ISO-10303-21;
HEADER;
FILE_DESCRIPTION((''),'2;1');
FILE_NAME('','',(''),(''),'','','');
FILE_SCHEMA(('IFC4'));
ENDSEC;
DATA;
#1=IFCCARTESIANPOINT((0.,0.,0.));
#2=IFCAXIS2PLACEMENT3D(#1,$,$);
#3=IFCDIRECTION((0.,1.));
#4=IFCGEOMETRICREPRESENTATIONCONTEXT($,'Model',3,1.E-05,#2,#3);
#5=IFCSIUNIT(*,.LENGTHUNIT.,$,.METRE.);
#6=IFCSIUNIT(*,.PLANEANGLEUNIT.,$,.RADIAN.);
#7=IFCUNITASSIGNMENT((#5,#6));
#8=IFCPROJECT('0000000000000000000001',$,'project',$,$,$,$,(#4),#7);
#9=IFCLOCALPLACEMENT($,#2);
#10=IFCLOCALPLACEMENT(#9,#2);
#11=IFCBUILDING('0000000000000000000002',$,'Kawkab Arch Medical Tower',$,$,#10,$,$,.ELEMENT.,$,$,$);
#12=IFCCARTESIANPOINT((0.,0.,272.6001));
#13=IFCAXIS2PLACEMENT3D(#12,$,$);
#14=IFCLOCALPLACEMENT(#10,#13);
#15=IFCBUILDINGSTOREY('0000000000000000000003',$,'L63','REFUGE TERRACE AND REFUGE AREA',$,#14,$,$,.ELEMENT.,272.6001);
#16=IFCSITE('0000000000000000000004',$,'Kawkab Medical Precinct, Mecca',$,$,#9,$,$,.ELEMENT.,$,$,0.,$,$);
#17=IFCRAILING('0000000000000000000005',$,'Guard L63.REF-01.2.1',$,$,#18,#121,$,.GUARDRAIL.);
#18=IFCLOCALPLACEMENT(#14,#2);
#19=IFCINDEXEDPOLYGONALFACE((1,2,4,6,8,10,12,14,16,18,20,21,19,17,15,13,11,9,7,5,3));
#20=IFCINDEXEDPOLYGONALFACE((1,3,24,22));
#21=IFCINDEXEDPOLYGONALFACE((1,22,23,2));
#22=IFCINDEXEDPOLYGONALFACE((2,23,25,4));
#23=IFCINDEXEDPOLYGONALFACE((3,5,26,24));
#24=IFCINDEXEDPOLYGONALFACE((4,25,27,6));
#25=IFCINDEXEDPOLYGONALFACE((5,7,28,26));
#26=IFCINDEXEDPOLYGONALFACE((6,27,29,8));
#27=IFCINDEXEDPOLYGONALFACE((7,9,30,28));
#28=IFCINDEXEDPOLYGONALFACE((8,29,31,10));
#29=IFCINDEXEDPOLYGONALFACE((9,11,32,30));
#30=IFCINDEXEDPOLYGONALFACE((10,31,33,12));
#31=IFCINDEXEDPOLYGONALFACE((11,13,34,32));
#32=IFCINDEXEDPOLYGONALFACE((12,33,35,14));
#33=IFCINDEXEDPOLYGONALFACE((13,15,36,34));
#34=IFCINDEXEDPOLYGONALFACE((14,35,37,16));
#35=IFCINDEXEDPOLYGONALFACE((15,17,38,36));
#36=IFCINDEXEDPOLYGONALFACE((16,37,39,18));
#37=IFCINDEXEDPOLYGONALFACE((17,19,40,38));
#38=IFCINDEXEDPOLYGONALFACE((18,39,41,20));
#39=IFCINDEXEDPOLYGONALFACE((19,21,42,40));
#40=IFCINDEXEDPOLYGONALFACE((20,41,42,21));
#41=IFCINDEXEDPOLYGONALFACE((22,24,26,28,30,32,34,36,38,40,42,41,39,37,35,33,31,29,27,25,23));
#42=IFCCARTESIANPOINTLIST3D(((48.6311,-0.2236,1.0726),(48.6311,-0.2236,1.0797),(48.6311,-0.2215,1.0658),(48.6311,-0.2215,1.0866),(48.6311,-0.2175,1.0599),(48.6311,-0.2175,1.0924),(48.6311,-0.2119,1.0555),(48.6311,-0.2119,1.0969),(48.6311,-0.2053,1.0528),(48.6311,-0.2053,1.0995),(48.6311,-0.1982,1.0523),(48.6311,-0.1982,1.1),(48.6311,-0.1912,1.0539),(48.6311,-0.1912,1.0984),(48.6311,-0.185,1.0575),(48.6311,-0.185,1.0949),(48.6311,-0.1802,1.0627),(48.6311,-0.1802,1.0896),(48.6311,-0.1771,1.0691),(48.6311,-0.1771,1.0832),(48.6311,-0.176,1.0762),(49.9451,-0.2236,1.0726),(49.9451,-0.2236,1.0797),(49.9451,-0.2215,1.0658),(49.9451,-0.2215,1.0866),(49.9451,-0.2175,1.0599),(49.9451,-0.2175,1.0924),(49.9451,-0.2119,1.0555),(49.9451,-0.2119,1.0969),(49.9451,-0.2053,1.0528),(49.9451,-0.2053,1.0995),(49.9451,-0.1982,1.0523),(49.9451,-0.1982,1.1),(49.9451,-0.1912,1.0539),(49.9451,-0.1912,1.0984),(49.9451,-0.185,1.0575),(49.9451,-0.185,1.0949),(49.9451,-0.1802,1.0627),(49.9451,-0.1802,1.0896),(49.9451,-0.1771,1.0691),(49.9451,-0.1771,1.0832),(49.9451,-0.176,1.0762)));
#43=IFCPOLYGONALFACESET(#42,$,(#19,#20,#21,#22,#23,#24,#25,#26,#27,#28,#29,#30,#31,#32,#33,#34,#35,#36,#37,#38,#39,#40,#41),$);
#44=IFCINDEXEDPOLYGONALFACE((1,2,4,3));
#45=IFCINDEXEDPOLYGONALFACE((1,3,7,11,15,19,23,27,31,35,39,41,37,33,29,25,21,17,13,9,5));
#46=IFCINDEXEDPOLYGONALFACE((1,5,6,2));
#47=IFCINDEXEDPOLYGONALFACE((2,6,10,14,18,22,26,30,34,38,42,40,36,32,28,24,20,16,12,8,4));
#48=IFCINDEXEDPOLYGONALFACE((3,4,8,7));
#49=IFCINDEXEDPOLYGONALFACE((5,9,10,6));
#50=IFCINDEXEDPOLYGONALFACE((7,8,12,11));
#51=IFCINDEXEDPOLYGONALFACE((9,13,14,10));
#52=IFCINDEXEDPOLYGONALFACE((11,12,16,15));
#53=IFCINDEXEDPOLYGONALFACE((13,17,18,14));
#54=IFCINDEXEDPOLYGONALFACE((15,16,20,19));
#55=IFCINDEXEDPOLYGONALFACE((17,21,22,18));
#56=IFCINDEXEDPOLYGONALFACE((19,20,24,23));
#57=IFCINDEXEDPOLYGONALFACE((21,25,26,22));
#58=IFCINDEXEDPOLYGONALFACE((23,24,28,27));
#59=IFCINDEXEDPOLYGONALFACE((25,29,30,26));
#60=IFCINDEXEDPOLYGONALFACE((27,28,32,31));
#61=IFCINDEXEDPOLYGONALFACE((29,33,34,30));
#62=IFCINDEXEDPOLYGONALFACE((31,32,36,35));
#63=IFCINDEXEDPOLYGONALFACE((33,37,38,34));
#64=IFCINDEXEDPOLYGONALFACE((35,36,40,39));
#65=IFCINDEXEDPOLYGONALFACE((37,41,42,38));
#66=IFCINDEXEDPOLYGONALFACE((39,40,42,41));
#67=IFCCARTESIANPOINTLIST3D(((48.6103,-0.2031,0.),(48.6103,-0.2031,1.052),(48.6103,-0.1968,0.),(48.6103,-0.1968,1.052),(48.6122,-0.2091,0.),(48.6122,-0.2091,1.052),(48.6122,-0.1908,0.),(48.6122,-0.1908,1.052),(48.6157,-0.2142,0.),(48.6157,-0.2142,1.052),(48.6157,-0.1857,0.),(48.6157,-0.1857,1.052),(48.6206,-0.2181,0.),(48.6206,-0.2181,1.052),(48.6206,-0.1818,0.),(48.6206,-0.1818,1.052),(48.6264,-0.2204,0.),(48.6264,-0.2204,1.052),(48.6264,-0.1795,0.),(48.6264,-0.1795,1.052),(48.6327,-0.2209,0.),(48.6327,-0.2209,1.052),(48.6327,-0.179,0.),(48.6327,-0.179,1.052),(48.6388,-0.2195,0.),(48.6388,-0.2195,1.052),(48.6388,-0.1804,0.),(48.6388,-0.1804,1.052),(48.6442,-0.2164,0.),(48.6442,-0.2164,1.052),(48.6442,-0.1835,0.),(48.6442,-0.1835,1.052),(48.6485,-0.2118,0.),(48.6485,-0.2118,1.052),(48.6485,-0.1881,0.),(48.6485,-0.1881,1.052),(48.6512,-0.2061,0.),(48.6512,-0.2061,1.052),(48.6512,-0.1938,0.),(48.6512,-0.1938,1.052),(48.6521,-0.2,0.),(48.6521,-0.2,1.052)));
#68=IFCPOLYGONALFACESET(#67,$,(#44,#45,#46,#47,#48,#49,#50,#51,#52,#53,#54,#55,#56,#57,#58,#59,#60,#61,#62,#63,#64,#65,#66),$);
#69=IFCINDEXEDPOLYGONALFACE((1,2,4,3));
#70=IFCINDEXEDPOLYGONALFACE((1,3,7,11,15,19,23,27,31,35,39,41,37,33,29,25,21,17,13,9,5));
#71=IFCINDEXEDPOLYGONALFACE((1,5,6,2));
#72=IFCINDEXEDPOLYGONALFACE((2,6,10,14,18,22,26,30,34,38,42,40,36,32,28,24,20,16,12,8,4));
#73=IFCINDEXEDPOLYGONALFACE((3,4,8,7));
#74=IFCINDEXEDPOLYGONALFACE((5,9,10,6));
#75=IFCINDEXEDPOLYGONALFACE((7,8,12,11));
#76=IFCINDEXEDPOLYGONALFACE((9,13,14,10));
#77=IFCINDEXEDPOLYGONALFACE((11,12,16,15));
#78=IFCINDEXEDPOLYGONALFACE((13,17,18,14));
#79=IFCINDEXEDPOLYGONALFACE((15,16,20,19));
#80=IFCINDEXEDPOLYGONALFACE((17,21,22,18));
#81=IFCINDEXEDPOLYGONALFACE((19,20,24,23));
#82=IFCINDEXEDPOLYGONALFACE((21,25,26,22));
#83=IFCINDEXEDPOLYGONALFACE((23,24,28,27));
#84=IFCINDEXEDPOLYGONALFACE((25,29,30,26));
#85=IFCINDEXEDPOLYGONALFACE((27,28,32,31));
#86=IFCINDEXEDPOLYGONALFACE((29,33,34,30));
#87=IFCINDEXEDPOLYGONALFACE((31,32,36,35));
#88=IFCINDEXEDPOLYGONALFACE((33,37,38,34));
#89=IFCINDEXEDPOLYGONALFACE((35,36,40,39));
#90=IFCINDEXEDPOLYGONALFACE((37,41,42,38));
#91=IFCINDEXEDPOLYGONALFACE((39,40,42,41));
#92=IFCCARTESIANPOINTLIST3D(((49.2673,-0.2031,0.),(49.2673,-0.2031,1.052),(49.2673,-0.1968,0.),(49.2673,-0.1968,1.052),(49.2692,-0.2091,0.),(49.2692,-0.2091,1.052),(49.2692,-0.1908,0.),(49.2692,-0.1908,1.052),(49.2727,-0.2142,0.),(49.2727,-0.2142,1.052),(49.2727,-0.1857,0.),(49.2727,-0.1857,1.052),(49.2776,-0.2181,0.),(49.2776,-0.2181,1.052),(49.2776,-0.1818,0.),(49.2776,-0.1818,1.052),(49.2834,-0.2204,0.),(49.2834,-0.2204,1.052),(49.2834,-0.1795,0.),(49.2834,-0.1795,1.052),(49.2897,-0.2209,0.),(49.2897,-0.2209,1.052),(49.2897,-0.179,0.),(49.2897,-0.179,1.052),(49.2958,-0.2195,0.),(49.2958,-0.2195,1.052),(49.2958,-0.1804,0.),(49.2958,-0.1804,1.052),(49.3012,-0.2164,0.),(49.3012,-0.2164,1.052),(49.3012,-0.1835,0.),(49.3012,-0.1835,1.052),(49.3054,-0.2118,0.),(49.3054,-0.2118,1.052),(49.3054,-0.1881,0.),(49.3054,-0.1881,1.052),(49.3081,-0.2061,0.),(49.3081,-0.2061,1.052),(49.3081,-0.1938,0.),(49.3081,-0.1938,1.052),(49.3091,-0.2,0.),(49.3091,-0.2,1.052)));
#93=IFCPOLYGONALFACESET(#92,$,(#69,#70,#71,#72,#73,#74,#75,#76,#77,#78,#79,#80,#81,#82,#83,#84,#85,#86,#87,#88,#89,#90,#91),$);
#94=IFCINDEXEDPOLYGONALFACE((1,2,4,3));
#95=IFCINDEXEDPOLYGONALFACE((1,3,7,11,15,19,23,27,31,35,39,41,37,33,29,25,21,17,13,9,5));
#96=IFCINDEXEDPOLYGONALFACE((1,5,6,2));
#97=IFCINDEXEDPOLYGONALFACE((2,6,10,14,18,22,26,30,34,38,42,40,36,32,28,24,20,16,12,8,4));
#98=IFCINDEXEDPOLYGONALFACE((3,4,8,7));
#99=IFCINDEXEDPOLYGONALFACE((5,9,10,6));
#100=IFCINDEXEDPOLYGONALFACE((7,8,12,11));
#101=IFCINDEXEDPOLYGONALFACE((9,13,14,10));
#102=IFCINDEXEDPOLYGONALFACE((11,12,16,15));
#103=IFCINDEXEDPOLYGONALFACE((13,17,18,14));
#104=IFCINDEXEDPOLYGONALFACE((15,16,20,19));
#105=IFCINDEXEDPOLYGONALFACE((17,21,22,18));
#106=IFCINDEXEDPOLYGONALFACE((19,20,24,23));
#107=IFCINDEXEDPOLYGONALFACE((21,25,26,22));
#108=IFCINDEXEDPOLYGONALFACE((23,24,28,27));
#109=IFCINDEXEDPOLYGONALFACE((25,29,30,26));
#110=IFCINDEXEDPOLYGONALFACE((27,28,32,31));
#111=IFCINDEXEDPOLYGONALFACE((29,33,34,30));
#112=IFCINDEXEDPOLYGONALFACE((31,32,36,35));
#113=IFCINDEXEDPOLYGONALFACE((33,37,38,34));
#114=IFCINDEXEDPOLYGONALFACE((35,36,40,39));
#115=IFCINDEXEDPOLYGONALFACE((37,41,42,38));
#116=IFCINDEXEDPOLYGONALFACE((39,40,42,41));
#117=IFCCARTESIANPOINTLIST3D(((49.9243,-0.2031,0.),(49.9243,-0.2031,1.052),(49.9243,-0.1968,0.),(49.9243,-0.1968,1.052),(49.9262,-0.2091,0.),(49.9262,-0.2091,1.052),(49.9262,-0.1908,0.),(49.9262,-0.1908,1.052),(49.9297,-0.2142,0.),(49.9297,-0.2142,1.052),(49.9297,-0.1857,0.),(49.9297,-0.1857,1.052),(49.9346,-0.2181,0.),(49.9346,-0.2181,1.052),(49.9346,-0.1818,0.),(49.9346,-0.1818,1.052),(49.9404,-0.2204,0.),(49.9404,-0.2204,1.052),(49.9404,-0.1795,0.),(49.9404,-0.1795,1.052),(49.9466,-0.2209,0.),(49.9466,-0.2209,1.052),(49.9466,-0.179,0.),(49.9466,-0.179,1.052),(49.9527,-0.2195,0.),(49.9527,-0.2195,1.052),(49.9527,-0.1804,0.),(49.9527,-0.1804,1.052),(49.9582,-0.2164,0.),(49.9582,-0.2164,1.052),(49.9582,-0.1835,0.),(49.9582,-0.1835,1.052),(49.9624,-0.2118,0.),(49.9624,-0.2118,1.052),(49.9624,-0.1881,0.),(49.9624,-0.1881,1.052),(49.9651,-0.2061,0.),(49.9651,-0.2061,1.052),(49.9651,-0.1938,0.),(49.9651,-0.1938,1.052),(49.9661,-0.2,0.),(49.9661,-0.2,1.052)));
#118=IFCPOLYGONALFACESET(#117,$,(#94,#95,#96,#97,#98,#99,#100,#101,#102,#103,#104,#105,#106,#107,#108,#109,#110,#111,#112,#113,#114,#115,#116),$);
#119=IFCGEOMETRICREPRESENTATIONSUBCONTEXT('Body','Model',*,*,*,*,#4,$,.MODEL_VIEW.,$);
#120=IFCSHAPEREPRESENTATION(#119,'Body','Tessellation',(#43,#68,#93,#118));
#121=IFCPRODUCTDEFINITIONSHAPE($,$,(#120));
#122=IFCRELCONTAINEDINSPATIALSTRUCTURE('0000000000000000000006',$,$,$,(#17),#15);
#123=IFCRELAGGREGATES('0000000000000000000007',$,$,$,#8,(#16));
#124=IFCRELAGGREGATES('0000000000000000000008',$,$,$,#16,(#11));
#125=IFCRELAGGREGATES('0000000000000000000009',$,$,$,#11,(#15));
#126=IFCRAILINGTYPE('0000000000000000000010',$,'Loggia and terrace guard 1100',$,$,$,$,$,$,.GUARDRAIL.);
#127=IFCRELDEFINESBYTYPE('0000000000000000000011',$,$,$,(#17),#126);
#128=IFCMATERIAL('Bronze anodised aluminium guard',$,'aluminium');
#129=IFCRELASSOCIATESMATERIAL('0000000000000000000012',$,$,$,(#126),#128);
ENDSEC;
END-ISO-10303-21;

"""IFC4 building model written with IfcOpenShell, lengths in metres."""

from ifc_helpers import new_model, si_unit, direction, frame, origin, origin_2d, place, context, subcontext, project, spatial, circle, extrude, material, type_object, element, save


model = new_model("IFC4")

# Units and contexts
model_context = context("Model", 3, precision=1e-05, world=origin(), true_north=direction((0.0, 1.0)))
body_context = subcontext(model_context, "Body", "Model", "MODEL_VIEW")
ifc_project = project(units=[si_unit("LENGTHUNIT", "METRE"), si_unit("PLANEANGLEUNIT", "RADIAN")], contexts=[model_context])

# Site, building, storey
site_placement = place(None, origin())
site = spatial("IfcSite", under=ifc_project, at=site_placement, Name="Kawkab Medical Precinct, Mecca", CompositionType="ELEMENT", RefElevation=0.0)
building_placement = place(site_placement, origin())
building = spatial("IfcBuilding", under=site, at=building_placement, Name="Kawkab Arch Medical Tower", CompositionType="ELEMENT")
storey_placement = place(building_placement, frame((0.0, 0.0, 272.6001)))
storey = spatial("IfcBuildingStorey", under=building, at=storey_placement, Name="L63", Description="REFUGE TERRACE AND REFUGE AREA", CompositionType="ELEMENT", Elevation=272.6001)

# Railing
ifc_material_1 = material(Name="Bronze anodised aluminium guard", Category="aluminium")
railing_type_1 = type_object("IfcRailingType", Name="Loggia and terrace guard 1100", PredefinedType="GUARDRAIL", material=ifc_material_1)
railing_1_placement = place(storey_placement, frame((48.6311, -0.2, 0.0)))
element("IfcRailing", 1, at=railing_1_placement, inside=storey, type_object=railing_type_1, Name="Guard L63.REF-01.2.1", PredefinedType="GUARDRAIL", context=body_context, shape_type="SweptSolid", body=[
    extrude(circle(Radius=0.0239, at=origin_2d()), frame((0.0, 0.0, 1.0762), z_axis=(1.0, 0.0, 0.0), x_axis=(0.0, 1.0, 0.0)), (0.0, 0.0, 1.0), 1.314),
    extrude(circle(Radius=0.021, at=origin_2d()), origin(), (0.0, 0.0, 1.0), 1.052),
    extrude(circle(Radius=0.021, at=origin_2d()), frame((0.657, 0.0, 0.0)), (0.0, 0.0, 1.0), 1.052),
    extrude(circle(Radius=0.021, at=origin_2d()), frame((1.314, 0.0, 0.0)), (0.0, 0.0, 1.0), 1.052),
])

save(model, "model.ifc")
